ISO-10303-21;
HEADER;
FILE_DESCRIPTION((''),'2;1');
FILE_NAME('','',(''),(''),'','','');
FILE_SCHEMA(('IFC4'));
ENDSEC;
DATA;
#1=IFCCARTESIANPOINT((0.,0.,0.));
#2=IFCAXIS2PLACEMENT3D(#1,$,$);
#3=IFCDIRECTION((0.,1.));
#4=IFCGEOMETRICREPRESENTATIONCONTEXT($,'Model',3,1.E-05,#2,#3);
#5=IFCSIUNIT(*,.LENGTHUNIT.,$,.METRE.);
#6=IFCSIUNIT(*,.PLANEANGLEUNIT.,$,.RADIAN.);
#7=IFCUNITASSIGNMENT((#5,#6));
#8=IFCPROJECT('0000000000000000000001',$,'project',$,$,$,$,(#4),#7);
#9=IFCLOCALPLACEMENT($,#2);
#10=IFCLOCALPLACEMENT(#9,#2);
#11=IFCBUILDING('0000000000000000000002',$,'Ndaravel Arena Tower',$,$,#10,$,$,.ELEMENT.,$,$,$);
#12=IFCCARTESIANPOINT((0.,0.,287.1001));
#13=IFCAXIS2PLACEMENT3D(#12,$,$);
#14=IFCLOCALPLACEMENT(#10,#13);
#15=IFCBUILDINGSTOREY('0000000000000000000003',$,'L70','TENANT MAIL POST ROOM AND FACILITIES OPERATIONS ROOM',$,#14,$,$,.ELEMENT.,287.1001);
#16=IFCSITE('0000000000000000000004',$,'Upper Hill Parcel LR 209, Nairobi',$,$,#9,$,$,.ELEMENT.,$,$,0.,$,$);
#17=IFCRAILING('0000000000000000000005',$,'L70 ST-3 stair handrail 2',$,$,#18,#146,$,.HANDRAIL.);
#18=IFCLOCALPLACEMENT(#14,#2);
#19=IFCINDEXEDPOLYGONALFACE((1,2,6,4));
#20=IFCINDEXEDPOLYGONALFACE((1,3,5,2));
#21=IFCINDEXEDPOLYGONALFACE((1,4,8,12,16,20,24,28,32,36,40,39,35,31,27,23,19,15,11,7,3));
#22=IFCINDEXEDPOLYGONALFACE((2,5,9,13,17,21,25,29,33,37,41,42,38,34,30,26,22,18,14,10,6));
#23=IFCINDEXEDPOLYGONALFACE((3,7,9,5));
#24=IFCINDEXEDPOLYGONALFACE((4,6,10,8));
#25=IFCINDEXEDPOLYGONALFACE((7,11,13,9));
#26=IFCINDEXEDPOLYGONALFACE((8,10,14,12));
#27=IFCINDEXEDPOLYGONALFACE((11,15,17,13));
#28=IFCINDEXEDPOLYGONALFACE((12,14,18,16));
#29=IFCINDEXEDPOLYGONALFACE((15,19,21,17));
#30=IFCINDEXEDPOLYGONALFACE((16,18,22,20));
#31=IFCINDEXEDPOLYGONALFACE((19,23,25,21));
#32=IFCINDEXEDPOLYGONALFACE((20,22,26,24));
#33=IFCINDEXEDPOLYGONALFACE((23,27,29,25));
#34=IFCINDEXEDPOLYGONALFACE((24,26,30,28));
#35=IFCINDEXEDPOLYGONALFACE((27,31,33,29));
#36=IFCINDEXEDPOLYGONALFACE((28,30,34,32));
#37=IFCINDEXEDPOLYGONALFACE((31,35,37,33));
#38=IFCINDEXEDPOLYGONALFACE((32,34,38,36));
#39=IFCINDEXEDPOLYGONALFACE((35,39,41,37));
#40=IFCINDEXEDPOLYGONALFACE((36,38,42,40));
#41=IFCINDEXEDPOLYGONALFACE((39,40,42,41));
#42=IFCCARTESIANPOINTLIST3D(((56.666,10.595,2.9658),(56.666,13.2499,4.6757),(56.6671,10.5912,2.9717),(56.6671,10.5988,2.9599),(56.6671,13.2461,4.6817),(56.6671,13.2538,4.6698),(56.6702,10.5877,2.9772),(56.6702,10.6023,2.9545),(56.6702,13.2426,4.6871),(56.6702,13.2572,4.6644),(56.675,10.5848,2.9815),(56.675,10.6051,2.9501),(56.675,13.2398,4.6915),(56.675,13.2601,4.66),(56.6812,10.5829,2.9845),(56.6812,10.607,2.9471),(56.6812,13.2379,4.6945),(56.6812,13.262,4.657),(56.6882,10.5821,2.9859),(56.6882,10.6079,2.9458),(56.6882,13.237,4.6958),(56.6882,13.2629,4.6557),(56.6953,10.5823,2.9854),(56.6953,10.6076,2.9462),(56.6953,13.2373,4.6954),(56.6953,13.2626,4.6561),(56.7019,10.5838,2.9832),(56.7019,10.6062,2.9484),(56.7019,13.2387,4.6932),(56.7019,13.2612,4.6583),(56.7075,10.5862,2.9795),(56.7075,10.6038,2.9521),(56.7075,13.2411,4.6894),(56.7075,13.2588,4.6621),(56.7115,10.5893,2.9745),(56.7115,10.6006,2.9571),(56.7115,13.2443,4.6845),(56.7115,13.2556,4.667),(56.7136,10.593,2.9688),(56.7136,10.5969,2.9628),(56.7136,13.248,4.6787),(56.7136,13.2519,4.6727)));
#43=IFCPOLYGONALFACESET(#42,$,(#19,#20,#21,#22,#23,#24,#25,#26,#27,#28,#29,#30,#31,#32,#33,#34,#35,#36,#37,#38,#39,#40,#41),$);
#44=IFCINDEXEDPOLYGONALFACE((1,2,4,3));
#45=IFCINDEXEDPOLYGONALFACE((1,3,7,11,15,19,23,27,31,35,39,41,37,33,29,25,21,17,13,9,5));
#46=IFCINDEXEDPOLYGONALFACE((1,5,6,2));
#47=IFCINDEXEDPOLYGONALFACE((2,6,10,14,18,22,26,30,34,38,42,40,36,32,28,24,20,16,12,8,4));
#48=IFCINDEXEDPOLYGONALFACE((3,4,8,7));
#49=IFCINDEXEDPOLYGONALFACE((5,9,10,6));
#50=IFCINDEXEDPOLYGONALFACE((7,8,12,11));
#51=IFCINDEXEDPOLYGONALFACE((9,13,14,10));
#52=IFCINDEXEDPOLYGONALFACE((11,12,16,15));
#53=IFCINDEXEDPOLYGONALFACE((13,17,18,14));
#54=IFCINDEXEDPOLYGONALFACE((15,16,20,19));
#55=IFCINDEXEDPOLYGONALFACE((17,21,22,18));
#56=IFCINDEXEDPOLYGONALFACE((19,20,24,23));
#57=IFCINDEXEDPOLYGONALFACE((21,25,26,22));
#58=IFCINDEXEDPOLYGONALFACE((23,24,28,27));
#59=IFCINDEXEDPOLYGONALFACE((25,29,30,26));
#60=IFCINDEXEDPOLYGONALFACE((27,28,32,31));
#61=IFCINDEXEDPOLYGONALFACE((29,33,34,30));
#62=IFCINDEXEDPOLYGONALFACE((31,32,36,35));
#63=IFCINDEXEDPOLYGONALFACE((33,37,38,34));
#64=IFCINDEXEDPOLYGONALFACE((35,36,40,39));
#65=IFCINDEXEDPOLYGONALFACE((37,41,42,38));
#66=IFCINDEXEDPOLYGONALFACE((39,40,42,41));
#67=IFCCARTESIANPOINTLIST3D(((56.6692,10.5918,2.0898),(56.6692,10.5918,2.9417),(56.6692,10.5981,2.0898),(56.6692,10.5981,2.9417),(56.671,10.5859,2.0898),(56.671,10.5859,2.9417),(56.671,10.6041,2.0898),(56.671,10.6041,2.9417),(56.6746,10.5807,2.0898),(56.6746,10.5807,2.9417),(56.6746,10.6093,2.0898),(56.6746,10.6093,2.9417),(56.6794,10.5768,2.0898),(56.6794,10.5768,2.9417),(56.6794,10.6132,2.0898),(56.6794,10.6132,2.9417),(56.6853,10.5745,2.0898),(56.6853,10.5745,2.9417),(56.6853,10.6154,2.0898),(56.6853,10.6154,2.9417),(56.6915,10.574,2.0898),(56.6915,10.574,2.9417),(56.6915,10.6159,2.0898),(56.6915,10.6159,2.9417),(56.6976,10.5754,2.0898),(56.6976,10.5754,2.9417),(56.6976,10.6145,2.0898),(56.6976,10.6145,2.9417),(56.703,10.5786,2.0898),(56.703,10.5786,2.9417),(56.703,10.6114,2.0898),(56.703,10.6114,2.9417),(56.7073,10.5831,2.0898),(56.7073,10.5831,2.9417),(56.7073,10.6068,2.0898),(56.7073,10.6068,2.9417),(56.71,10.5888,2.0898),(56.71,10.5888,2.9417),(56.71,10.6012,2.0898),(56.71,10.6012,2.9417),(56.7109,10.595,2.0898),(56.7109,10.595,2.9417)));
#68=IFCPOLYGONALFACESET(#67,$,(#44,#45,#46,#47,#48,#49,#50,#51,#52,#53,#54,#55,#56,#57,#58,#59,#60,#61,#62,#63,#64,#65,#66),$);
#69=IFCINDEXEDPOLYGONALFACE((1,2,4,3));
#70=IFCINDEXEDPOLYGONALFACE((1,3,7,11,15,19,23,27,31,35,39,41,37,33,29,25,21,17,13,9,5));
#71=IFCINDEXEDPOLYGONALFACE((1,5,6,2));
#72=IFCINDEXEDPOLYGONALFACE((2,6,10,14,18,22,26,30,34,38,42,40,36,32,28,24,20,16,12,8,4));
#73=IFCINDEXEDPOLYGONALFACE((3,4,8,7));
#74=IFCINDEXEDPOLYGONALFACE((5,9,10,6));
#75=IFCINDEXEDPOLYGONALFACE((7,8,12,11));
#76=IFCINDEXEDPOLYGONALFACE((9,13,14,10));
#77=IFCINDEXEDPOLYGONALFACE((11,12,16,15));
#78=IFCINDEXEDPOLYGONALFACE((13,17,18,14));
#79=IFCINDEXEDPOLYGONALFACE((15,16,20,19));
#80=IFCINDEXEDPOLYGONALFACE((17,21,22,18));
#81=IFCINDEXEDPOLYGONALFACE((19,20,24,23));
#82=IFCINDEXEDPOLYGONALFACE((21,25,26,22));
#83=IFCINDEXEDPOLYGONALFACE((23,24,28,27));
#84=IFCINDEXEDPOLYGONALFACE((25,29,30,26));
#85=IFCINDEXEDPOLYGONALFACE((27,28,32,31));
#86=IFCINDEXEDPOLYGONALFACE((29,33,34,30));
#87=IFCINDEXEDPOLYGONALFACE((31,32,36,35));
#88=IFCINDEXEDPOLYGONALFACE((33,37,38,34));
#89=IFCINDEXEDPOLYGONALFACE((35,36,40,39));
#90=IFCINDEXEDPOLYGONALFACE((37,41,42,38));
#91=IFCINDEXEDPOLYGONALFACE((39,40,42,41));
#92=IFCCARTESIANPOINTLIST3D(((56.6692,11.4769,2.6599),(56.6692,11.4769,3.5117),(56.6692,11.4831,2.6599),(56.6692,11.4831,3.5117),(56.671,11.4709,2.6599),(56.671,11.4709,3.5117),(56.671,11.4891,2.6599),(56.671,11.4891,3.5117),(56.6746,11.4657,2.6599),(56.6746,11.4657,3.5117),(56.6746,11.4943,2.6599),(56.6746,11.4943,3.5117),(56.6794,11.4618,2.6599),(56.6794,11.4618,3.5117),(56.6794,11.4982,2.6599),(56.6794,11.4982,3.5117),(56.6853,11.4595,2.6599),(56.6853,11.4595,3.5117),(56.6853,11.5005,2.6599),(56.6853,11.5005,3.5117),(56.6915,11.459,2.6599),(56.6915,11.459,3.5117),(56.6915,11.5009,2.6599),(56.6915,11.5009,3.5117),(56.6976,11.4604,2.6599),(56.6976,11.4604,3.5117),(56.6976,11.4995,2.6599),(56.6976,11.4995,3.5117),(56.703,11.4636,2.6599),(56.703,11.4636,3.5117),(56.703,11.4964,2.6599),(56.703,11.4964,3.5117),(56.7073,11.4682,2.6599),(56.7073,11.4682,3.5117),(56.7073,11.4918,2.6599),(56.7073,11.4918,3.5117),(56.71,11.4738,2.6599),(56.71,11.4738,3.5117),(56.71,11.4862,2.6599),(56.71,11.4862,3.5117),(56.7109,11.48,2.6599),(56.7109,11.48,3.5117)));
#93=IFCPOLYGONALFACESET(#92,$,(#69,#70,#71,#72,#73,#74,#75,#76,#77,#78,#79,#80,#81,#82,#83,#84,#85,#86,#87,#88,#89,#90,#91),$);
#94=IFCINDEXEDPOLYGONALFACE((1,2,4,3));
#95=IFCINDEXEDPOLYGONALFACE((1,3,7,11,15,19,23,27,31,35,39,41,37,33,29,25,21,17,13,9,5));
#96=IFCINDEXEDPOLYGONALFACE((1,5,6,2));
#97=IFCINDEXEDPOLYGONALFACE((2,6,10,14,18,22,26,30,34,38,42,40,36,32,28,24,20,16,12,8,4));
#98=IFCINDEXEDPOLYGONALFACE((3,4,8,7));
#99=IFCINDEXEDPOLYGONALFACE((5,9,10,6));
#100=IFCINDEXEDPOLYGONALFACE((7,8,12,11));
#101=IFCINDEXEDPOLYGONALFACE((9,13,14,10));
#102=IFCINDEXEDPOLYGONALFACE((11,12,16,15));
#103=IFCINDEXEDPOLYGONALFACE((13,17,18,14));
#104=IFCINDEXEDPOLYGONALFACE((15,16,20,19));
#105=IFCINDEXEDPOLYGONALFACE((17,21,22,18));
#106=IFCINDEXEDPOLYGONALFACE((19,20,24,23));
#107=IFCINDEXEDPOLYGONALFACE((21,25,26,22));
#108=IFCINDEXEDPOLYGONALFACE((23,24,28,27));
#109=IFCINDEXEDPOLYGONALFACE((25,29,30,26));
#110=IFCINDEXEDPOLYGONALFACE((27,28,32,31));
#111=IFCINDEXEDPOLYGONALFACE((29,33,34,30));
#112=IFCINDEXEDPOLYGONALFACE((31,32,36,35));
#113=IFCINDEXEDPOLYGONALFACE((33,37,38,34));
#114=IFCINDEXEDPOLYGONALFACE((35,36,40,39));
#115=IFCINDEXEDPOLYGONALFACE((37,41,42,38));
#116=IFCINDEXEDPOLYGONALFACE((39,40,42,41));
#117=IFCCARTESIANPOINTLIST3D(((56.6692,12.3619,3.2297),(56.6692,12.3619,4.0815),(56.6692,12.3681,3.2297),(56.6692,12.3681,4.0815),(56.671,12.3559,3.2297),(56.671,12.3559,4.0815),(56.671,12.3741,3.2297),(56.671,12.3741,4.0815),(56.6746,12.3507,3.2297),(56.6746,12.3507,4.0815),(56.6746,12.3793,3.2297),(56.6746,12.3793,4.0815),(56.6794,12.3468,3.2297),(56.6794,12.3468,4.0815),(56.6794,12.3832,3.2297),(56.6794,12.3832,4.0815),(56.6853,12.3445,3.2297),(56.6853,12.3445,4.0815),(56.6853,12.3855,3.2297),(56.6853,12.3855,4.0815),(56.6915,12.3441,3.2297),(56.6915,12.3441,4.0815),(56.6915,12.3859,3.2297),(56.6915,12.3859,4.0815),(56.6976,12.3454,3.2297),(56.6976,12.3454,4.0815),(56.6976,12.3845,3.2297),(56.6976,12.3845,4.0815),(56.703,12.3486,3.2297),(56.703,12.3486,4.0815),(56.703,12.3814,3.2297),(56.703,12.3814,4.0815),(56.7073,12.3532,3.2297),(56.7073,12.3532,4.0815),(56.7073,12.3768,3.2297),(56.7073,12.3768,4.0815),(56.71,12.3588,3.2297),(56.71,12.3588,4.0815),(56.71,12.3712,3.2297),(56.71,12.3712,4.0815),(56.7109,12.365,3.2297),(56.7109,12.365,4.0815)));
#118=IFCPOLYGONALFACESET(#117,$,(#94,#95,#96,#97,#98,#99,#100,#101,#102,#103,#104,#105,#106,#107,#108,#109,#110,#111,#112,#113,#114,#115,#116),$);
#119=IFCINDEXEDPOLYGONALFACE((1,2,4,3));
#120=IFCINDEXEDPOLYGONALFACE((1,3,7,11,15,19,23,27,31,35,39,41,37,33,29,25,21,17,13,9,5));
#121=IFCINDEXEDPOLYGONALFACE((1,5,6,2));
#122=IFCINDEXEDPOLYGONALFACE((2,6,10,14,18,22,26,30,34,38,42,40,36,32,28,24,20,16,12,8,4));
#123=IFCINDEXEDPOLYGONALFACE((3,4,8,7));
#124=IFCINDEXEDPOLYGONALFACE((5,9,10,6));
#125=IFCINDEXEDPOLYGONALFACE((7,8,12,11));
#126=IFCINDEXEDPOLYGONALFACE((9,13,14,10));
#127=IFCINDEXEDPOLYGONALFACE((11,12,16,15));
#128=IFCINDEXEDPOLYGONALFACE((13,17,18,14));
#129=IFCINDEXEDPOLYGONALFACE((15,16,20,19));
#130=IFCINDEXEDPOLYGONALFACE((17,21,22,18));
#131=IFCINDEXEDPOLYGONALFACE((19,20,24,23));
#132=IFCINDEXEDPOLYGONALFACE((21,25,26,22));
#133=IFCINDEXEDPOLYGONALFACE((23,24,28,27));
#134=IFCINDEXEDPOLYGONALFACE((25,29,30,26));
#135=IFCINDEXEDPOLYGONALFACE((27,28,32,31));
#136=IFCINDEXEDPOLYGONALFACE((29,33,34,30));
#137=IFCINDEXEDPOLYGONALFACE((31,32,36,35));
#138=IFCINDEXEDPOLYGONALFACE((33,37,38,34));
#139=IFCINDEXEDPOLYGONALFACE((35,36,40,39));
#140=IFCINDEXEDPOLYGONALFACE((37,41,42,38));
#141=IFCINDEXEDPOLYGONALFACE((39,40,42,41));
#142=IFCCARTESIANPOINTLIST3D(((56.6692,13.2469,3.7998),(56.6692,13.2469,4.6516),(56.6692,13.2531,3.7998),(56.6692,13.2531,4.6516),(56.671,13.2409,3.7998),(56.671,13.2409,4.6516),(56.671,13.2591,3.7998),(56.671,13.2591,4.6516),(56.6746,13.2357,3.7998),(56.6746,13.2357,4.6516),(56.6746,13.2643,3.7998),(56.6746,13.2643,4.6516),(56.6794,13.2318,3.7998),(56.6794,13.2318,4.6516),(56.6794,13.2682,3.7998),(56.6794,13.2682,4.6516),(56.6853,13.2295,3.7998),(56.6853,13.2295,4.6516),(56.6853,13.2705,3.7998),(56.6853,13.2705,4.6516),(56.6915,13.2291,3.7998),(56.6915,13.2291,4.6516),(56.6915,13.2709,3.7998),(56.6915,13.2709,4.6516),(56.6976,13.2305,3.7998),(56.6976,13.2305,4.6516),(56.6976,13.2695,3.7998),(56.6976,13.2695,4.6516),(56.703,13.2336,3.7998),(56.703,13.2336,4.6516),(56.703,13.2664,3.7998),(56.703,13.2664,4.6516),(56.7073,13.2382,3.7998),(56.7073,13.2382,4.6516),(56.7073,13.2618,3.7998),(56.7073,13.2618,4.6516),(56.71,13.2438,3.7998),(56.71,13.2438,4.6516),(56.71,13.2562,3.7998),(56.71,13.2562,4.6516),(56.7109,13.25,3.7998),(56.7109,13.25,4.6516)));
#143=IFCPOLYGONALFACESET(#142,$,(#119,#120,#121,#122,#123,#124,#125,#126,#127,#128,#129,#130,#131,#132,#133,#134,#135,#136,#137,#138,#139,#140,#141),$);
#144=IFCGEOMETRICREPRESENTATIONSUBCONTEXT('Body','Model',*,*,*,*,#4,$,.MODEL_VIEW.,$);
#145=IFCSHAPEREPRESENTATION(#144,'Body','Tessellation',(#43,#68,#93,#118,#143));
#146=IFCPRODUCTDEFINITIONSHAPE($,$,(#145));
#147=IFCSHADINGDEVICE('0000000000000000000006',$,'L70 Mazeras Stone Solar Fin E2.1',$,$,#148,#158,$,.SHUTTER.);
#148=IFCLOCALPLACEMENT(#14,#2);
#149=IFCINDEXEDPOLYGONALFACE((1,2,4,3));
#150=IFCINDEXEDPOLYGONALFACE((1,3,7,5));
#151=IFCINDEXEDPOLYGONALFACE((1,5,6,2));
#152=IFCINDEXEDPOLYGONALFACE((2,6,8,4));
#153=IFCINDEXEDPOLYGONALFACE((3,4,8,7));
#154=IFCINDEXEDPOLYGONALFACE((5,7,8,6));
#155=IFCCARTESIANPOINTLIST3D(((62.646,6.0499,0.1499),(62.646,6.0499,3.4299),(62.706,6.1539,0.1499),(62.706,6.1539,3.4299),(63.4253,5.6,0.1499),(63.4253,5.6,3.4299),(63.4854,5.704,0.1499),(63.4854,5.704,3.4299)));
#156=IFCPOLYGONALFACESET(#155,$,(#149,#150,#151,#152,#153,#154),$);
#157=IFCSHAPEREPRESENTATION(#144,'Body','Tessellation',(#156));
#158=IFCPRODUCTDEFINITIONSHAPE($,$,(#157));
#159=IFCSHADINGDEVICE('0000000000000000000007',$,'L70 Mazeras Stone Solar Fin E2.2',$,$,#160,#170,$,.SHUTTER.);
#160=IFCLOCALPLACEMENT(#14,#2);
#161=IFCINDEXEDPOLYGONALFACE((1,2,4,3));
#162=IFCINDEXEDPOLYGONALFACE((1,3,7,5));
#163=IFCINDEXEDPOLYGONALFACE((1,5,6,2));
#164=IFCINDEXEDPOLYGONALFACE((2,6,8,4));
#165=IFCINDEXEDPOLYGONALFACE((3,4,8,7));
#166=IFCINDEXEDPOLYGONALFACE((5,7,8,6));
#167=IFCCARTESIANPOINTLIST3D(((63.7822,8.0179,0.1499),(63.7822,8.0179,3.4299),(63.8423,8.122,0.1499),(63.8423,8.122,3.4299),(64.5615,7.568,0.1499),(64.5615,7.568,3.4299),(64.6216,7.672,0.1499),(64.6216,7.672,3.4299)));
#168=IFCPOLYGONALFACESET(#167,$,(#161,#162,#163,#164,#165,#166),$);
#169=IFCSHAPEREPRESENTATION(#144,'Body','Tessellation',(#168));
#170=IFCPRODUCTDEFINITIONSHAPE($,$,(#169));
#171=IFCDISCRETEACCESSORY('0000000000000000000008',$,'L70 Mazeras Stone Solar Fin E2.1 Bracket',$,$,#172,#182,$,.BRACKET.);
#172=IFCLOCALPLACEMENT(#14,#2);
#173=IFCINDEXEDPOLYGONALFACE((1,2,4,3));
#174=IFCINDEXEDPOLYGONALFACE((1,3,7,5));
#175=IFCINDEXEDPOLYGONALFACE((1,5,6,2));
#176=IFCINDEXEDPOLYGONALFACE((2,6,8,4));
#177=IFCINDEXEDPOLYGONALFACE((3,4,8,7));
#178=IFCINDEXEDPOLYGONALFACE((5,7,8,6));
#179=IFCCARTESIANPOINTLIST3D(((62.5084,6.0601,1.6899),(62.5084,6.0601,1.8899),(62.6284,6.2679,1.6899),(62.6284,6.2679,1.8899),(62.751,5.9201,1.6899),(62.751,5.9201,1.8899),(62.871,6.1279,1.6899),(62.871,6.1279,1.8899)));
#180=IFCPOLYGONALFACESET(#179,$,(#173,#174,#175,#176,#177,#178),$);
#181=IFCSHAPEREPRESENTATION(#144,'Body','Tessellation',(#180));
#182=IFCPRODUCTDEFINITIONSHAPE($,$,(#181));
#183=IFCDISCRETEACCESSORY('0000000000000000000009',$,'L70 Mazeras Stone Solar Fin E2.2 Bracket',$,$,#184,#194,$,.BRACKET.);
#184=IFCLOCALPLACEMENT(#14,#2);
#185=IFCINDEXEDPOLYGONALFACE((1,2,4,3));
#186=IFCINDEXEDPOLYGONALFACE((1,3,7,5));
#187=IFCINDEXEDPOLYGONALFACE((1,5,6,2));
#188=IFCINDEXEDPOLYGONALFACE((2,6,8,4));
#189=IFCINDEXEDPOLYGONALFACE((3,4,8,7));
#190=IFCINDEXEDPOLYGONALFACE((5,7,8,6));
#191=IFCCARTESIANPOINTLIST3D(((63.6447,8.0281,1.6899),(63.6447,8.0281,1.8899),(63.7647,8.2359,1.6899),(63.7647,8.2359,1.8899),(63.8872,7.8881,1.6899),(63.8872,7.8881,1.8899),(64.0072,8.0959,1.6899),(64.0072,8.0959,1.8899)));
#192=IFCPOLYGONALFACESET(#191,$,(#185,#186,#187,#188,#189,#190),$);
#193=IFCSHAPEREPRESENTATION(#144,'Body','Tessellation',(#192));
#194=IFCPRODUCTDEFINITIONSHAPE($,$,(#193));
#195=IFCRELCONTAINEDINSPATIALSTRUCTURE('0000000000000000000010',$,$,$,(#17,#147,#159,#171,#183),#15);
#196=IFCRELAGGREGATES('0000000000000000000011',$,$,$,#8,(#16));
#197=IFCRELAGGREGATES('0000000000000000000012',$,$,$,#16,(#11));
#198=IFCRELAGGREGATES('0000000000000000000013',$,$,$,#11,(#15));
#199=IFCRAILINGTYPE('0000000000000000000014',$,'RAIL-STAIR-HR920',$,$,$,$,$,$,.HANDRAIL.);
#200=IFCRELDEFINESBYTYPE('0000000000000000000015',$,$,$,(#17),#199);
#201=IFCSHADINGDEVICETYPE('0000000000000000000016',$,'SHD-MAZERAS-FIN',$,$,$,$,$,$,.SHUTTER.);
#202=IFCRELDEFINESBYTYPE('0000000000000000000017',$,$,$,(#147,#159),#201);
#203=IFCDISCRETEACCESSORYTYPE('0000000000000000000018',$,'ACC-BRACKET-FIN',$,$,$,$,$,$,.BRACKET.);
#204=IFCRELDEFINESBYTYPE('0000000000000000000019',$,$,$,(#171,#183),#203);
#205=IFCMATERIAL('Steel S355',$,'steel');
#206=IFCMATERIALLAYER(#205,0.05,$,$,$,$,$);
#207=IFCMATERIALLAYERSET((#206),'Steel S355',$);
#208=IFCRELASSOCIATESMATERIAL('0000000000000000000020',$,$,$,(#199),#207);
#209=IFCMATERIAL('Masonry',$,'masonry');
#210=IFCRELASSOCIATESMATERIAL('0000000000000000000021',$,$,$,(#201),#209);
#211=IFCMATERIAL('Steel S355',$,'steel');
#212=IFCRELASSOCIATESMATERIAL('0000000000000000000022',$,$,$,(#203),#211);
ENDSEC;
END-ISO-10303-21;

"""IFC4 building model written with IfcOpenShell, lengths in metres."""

from ifc_helpers import new_model, si_unit, direction, frame, origin, origin_2d, place, context, subcontext, project, spatial, rectangle, circle, extrude, material, layer, layer_set, type_object, element, save


model = new_model("IFC4")

# Units and contexts
model_context = context("Model", 3, precision=1e-05, world=origin(), true_north=direction((0.0, 1.0)))
body_context = subcontext(model_context, "Body", "Model", "MODEL_VIEW")
ifc_project = project(units=[si_unit("LENGTHUNIT", "METRE"), si_unit("PLANEANGLEUNIT", "RADIAN")], contexts=[model_context])

# Site, building, storey
site_placement = place(None, origin())
site = spatial("IfcSite", under=ifc_project, at=site_placement, Name="Upper Hill Parcel LR 209, Nairobi", CompositionType="ELEMENT", RefElevation=0.0)
building_placement = place(site_placement, origin())
building = spatial("IfcBuilding", under=site, at=building_placement, Name="Ndaravel Arena Tower", CompositionType="ELEMENT")
storey_placement = place(building_placement, frame((0.0, 0.0, 287.1001)))
storey = spatial("IfcBuildingStorey", under=building, at=storey_placement, Name="L70", Description="TENANT MAIL POST ROOM AND FACILITIES OPERATIONS ROOM", CompositionType="ELEMENT", Elevation=287.1001)

# Railing
ifc_material_1 = material(Name="Steel S355", Category="steel")
ifc_layer_1 = layer(ifc_material_1, 0.05)
ifc_layer_set_1 = layer_set([ifc_layer_1], Name="Steel S355")
railing_type_1 = type_object("IfcRailingType", Name="RAIL-STAIR-HR920", PredefinedType="HANDRAIL", material=ifc_layer_set_1)
railing_1_placement = place(storey_placement, frame((56.6899, 10.595, 2.0898)))
element("IfcRailing", 1, at=railing_1_placement, inside=storey, type_object=railing_type_1, Name="L70 ST-3 stair handrail 2", PredefinedType="HANDRAIL", context=body_context, shape_type="SweptSolid", body=[
    extrude(circle(Radius=0.0239, at=origin_2d()), frame((0.0, 0.0, 0.876), z_axis=(0.0, 0.840724, 0.541465), x_axis=(-1.0, 0.0, 0.0)), (0.0, 0.0, 1.0), 3.158),
    extrude(circle(Radius=0.021, at=origin_2d()), origin(), (0.0, 0.0, 1.0), 0.8518),
    extrude(circle(Radius=0.021, at=origin_2d()), frame((0.0, 0.885, 0.5701)), (0.0, 0.0, 1.0), 0.8518),
    extrude(circle(Radius=0.021, at=origin_2d()), frame((0.0, 1.77, 1.1399)), (0.0, 0.0, 1.0), 0.8518),
    extrude(circle(Radius=0.021, at=origin_2d()), frame((0.0, 2.655, 1.71)), (0.0, 0.0, 1.0), 0.8518),
])

# Shading devices
ifc_material_2 = material(Name="Masonry", Category="masonry")
shading_device_type = type_object("IfcShadingDeviceType", Name="SHD-MAZERAS-FIN", PredefinedType="SHUTTER", material=ifc_material_2)
for number, where, z_axis, x_axis, name in (
    (2, (63.0657, 5.877, 0.1499), (0.0, 0.0, 1.0), (0.866025, -0.5, 0.0), "L70 Mazeras Stone Solar Fin E2.1"),
    (3, (64.2019, 7.845, 0.1499), (0.0, 0.0, 1.0), (0.866025, -0.5, 0.0), "L70 Mazeras Stone Solar Fin E2.2"),
):
    element("IfcShadingDevice", number, at=place(storey_placement, frame(where, z_axis=z_axis, x_axis=x_axis)), inside=storey, type_object=shading_device_type, Name=name, PredefinedType="SHUTTER", context=body_context, shape_type="SweptSolid", body=[
        extrude(rectangle(XDim=0.8999, YDim=0.1201, at=origin_2d()), origin(), (0.0, 0.0, 1.0), 3.28),
    ])

# Discrete accessories
ifc_material_3 = material(Name="Steel S355", Category="steel")
discrete_accessory_type = type_object("IfcDiscreteAccessoryType", Name="ACC-BRACKET-FIN", PredefinedType="BRACKET", material=ifc_material_3)
for number, where, z_axis, x_axis, name in (
    (4, (62.6897, 6.094, 1.6899), (0.0, 0.0, 1.0), (0.866025, -0.5, 0.0), "L70 Mazeras Stone Solar Fin E2.1 Bracket"),
    (5, (63.8259, 8.062, 1.6899), (0.0, 0.0, 1.0), (0.866025, -0.5, 0.0), "L70 Mazeras Stone Solar Fin E2.2 Bracket"),
):
    element("IfcDiscreteAccessory", number, at=place(storey_placement, frame(where, z_axis=z_axis, x_axis=x_axis)), inside=storey, type_object=discrete_accessory_type, Name=name, PredefinedType="BRACKET", context=body_context, shape_type="SweptSolid", body=[
        extrude(rectangle(XDim=0.28, YDim=0.24, at=origin_2d()), origin(), (0.0, 0.0, 1.0), 0.2),
    ])

save(model, "model.ifc")
